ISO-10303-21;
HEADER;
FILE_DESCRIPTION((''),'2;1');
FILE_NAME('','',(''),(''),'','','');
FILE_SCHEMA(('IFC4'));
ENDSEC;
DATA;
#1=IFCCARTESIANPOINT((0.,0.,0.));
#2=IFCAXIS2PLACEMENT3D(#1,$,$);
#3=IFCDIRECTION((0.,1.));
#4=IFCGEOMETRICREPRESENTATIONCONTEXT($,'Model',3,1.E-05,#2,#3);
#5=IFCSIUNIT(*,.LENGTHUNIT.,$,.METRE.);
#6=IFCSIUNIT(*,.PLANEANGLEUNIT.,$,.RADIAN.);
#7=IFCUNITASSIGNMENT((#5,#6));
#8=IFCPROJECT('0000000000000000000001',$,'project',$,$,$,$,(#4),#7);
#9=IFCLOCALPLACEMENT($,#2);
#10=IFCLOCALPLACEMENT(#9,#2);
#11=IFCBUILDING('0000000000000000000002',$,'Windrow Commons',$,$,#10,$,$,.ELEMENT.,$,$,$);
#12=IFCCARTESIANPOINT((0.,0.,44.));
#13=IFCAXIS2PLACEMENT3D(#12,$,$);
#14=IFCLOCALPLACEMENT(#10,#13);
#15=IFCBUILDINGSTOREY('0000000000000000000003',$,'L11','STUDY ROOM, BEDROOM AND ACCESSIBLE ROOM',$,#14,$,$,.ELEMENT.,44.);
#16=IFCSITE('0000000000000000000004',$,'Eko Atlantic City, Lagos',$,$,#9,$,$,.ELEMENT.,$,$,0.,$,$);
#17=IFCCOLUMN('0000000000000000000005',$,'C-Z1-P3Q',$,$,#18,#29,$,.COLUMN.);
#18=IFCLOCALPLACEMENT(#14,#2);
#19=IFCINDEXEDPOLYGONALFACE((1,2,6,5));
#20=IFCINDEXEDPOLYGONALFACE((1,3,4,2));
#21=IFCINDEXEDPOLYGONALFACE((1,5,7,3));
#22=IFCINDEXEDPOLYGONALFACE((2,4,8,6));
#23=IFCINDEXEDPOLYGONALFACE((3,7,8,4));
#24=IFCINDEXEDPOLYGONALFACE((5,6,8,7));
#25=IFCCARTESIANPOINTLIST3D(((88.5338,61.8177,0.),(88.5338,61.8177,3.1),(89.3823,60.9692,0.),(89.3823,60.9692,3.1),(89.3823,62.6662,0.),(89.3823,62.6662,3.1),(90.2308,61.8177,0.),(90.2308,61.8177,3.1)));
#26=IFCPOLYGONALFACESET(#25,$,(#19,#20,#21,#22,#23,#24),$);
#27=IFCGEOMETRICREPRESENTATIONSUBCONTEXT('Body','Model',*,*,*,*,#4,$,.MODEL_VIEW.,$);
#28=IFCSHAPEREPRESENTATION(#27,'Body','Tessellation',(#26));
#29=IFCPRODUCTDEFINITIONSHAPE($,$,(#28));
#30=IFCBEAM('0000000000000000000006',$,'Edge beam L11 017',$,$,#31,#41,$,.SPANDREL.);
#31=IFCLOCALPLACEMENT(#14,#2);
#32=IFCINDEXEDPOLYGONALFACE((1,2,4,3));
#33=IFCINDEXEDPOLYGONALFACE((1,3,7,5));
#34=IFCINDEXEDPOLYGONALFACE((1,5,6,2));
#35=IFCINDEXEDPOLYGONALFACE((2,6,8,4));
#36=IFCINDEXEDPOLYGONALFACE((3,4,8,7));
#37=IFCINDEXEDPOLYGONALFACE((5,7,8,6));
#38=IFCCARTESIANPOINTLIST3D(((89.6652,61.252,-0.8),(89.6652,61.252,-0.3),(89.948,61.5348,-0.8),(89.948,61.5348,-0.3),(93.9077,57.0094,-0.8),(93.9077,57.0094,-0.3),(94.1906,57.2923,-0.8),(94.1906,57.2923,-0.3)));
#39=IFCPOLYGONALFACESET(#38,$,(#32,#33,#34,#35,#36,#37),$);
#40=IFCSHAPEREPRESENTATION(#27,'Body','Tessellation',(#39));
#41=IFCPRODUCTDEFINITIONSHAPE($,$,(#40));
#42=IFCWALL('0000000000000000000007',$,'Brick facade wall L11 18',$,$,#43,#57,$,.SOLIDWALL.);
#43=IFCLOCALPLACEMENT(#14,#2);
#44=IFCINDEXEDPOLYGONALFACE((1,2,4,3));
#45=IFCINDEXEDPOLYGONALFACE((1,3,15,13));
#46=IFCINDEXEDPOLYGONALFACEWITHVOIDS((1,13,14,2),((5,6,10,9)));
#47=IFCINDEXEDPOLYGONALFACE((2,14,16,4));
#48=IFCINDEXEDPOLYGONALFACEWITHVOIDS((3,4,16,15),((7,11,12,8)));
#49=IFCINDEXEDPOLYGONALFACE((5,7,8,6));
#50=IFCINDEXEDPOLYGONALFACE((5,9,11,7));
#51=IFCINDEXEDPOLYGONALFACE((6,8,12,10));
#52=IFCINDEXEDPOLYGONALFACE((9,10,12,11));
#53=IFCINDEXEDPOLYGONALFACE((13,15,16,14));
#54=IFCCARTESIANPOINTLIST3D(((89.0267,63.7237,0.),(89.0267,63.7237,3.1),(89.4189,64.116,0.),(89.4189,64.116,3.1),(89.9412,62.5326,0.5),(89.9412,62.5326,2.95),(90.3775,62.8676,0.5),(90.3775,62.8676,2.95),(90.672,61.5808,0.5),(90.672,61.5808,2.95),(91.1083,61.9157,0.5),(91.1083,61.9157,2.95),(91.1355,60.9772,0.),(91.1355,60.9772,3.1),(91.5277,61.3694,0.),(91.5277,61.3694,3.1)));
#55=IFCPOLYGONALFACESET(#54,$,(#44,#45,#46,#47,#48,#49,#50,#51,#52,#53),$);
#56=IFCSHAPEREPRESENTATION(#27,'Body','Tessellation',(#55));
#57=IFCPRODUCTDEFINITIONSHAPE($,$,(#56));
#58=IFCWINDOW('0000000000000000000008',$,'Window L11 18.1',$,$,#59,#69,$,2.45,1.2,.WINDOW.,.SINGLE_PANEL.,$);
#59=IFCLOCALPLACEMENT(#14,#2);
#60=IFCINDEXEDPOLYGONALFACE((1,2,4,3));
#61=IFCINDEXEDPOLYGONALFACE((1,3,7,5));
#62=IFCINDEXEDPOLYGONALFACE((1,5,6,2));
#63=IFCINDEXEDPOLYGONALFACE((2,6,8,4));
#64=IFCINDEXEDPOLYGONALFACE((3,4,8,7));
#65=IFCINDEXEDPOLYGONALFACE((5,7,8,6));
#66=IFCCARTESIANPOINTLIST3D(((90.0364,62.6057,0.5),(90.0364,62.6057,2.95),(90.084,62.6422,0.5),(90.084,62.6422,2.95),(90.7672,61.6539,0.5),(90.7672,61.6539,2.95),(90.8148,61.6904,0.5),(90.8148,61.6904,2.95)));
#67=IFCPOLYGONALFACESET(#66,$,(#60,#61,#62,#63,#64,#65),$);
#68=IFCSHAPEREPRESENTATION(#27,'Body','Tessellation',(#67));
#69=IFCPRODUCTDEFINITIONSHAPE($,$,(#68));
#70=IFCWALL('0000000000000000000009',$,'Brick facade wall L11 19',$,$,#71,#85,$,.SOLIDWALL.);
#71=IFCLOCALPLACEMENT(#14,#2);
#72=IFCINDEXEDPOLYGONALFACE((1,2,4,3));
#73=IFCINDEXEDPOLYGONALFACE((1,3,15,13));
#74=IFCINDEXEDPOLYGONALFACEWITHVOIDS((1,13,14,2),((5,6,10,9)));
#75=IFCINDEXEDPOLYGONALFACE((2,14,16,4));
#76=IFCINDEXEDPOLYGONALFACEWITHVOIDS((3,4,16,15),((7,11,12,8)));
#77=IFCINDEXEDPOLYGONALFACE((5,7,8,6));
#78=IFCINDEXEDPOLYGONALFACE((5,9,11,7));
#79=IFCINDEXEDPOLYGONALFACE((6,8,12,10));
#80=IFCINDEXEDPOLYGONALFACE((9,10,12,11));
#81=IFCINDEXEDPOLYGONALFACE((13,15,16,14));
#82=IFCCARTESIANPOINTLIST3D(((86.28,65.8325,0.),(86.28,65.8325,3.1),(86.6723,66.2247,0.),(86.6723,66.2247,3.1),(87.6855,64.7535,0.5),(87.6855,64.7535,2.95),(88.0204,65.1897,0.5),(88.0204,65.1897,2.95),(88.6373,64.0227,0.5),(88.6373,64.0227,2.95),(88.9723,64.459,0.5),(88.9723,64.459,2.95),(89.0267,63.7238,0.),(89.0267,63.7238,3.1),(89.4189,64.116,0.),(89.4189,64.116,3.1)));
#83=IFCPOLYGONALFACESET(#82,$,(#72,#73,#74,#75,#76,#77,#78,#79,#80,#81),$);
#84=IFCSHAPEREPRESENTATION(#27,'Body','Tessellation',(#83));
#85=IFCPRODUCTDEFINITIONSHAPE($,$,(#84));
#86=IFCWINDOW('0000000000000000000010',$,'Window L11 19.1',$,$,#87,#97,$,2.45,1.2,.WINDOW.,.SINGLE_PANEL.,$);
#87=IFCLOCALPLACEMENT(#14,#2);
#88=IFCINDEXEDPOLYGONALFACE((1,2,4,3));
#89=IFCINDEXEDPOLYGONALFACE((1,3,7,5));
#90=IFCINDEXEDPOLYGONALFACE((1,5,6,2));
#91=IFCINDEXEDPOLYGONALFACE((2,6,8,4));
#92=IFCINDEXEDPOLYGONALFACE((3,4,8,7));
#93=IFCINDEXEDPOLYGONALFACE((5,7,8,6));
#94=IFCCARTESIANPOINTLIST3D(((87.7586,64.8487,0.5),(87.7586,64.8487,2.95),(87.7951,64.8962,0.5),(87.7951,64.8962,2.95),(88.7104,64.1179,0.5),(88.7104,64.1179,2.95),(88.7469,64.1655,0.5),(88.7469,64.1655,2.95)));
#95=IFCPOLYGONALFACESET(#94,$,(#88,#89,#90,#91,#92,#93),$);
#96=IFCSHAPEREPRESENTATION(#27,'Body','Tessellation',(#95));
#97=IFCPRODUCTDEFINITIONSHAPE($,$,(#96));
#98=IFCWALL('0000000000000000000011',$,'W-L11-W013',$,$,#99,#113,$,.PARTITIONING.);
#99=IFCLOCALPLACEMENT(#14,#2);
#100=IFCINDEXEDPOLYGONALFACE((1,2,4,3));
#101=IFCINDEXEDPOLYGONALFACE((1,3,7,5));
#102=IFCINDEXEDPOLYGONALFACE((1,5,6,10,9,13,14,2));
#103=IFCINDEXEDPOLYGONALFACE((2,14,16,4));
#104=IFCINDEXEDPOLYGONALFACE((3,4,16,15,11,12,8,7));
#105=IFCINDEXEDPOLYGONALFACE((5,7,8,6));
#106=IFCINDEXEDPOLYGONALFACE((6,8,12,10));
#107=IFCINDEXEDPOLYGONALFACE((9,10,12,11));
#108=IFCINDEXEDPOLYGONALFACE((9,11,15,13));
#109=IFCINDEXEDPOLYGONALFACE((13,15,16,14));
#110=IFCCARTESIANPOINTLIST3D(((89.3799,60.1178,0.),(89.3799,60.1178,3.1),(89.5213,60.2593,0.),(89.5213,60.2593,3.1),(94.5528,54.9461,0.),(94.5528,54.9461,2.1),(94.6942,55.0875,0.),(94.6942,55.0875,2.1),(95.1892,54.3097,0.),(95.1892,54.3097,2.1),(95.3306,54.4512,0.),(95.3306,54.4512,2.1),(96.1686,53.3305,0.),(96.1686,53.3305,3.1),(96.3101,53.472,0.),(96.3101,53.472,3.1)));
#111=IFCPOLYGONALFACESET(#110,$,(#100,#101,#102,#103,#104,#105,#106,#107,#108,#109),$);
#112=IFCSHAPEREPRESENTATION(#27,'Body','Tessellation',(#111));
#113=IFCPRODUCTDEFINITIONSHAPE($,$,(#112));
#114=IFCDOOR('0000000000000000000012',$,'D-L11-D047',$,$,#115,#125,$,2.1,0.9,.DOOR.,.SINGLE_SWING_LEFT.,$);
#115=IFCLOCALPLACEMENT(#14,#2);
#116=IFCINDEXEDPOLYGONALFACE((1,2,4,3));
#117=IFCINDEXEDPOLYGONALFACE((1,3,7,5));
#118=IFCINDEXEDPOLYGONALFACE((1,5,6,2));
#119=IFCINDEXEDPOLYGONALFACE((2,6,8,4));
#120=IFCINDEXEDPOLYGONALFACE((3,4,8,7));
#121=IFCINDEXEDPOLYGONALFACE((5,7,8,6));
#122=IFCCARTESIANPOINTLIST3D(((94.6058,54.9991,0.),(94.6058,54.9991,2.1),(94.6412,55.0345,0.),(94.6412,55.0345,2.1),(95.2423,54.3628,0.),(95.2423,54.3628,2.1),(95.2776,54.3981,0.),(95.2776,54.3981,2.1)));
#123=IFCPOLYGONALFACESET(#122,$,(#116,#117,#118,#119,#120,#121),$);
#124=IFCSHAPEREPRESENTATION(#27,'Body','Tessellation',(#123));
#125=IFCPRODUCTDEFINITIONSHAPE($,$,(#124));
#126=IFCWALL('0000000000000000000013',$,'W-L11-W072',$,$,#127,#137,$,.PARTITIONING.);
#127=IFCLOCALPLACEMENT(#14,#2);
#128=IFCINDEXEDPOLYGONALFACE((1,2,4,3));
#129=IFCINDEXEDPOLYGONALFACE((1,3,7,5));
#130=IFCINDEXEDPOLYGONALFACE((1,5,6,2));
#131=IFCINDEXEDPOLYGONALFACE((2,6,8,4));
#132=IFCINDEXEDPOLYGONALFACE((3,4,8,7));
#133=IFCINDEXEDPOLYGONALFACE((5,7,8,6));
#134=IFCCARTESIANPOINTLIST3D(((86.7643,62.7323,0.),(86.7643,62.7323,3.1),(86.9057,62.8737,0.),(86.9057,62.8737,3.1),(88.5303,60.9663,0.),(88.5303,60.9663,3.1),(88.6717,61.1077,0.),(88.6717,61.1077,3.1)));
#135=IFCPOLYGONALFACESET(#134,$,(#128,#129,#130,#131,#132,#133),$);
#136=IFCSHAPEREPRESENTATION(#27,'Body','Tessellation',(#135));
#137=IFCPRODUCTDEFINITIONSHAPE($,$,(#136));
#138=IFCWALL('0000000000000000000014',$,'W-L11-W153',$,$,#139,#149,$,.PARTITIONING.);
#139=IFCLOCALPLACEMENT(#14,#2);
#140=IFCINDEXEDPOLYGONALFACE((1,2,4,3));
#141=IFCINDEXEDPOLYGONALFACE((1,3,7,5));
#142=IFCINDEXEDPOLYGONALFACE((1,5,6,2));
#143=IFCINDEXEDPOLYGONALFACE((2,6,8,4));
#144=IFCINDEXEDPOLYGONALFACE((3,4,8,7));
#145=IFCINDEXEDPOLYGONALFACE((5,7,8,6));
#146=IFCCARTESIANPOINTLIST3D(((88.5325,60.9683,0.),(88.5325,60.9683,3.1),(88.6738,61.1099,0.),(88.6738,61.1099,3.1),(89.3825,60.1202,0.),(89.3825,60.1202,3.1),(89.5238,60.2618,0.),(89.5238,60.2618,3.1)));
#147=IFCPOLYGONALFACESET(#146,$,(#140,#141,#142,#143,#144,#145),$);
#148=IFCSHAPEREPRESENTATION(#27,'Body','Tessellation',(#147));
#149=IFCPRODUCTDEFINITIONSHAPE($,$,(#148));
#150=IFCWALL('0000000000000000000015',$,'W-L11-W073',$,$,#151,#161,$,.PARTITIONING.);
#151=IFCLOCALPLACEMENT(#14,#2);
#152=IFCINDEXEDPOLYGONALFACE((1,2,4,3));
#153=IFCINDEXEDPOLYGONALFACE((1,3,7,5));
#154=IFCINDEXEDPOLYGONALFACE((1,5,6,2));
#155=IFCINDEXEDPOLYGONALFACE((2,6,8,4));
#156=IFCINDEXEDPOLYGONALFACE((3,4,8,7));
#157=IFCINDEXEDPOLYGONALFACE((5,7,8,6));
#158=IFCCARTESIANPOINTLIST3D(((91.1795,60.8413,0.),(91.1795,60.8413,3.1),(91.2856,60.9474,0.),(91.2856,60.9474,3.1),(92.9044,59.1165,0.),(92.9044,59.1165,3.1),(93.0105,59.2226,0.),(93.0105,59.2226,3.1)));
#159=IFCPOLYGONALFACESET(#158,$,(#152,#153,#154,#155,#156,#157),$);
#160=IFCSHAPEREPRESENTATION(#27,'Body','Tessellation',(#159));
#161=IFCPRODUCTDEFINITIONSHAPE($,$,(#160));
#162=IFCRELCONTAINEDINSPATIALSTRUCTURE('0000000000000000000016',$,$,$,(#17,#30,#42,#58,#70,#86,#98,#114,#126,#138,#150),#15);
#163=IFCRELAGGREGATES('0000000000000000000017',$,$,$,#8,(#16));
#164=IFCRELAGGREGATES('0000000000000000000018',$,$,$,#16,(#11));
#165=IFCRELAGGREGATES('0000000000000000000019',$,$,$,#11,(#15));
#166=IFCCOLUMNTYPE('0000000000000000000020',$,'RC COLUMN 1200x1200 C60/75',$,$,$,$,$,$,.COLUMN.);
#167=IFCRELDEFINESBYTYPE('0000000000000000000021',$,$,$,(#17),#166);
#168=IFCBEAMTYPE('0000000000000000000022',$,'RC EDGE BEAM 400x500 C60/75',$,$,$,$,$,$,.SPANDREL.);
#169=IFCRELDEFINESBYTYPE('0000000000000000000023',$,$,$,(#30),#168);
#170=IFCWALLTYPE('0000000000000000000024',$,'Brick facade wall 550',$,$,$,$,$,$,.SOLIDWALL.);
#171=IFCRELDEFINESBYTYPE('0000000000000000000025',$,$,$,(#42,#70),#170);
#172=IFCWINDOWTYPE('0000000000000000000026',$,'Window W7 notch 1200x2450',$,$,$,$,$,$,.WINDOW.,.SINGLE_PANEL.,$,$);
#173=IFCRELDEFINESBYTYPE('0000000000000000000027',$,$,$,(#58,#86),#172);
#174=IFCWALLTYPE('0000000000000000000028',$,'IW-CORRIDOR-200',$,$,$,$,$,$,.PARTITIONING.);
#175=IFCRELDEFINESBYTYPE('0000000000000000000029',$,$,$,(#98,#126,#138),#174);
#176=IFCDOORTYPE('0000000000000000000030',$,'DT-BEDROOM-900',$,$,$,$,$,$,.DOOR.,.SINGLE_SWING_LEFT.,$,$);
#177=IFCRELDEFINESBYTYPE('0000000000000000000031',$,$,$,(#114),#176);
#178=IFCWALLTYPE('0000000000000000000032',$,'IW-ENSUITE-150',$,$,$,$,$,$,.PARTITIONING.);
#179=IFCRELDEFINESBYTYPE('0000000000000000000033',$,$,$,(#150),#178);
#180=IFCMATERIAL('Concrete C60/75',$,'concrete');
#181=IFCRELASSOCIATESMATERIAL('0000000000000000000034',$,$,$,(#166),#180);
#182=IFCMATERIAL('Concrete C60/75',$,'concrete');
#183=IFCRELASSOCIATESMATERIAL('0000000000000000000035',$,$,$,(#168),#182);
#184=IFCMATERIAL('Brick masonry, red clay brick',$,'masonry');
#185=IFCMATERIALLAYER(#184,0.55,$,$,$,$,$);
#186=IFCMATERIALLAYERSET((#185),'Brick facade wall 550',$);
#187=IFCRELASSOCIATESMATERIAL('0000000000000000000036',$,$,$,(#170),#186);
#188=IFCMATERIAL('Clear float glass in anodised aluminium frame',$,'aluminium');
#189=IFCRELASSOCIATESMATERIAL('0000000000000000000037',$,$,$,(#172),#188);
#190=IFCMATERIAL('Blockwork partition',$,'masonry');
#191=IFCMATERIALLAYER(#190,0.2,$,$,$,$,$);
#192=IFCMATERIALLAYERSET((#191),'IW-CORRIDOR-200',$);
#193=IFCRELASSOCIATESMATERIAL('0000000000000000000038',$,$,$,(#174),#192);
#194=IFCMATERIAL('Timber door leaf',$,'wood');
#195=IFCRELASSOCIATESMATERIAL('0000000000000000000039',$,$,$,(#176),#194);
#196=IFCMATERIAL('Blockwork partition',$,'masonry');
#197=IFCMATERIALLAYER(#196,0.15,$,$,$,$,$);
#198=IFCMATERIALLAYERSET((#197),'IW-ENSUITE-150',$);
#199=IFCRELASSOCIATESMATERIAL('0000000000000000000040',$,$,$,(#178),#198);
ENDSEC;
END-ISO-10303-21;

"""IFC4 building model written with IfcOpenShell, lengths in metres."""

from ifc_helpers import new_model, si_unit, direction, frame, frame_2d, origin, origin_2d, place, context, subcontext, project, spatial, polyline, rectangle, outline, extrude, material, layer, layer_set, material_profile, profile_set, type_object, element, fill, save


model = new_model("IFC4")

# Units and contexts
model_context = context("Model", 3, precision=1e-05, world=origin(), true_north=direction((0.0, 1.0)))
body_context = subcontext(model_context, "Body", "Model", "MODEL_VIEW")
ifc_project = project(units=[si_unit("LENGTHUNIT", "METRE"), si_unit("PLANEANGLEUNIT", "RADIAN")], contexts=[model_context])

# Site, building, storey
site_placement = place(None, origin())
site = spatial("IfcSite", under=ifc_project, at=site_placement, Name="Eko Atlantic City, Lagos", CompositionType="ELEMENT", RefElevation=0.0)
building_placement = place(site_placement, origin())
building = spatial("IfcBuilding", under=site, at=building_placement, Name="Windrow Commons", CompositionType="ELEMENT")
storey_placement = place(building_placement, frame((0.0, 0.0, 44.0)))
storey = spatial("IfcBuildingStorey", under=building, at=storey_placement, Name="L11", Description="STUDY ROOM, BEDROOM AND ACCESSIBLE ROOM", CompositionType="ELEMENT", Elevation=44.0)

# Column
ifc_material_1 = material(Name="Concrete C60/75", Category="concrete")
ifc_material_profile_1 = material_profile(ifc_material_1, rectangle(XDim=1.2, YDim=1.2, at=origin_2d()))
ifc_profile_set_1 = profile_set([ifc_material_profile_1], Name="Concrete C60/75")
column_type = type_object("IfcColumnType", Name="RC COLUMN 1200x1200 C60/75", PredefinedType="COLUMN", material=ifc_profile_set_1)
column_placement = place(storey_placement, frame((89.3823, 61.8177, 0.0), z_axis=(0.0, 0.0, 1.0), x_axis=(0.707107, -0.707107, 0.0)))
element("IfcColumn", 1, at=column_placement, inside=storey, type_object=column_type, Name="C-Z1-P3Q", PredefinedType="COLUMN", context=body_context, shape_type="SweptSolid", body=[
    extrude(rectangle(XDim=1.2, YDim=1.2, at=origin_2d()), origin(), (0.0, 0.0, 1.0), 3.1),
])

# Beam
ifc_material_2 = material(Name="Concrete C60/75", Category="concrete")
ifc_material_profile_2 = material_profile(ifc_material_2, rectangle(XDim=0.4, YDim=0.5, at=origin_2d()))
ifc_profile_set_2 = profile_set([ifc_material_profile_2], Name="Concrete C60/75")
beam_type = type_object("IfcBeamType", Name="RC EDGE BEAM 400x500 C60/75", PredefinedType="SPANDREL", material=ifc_profile_set_2)
beam_placement = place(storey_placement, frame((89.8066, 61.3934, -0.55), z_axis=(0.707107, -0.707107, 0.0), x_axis=(0.707107, 0.707107, 0.0)))
element("IfcBeam", 2, at=beam_placement, inside=storey, type_object=beam_type, Name="Edge beam L11 017", PredefinedType="SPANDREL", context=body_context, shape_type="SweptSolid", body=[
    extrude(rectangle(XDim=0.4, YDim=0.5, at=origin_2d()), origin(), (0.0, 0.0, 1.0), 5.9999),
])

# Walls, openings, windows
ifc_material_3 = material(Name="Brick masonry, red clay brick", Category="masonry")
ifc_layer_1 = layer(ifc_material_3, 0.55)
ifc_layer_set_1 = layer_set([ifc_layer_1], Name="Brick facade wall 550")
wall_type_1 = type_object("IfcWallType", Name="Brick facade wall 550", PredefinedType="SOLIDWALL", material=ifc_layer_set_1)
wall_1_placement = place(storey_placement, frame((91.3316, 61.1733, 0.0), z_axis=(0.0, 0.0, 1.0), x_axis=(-0.60899, 0.793178, 0.0)))
wall_1 = element("IfcWall", 3, at=wall_1_placement, inside=storey, type_object=wall_type_1, Name="Brick facade wall L11 18", PredefinedType="SOLIDWALL", context=body_context, shape_type="SweptSolid", body=[
    extrude(outline(polyline([(0.0361, -0.275), (3.4989, -0.275), (3.4266, 0.275), (-0.0361, 0.275), (0.0361, -0.275)])), origin(), (0.0, 0.0, 1.0), 3.1),
])
opening_1_placement = place(wall_1_placement, frame((0.7249, 0.0, 0.5)))
opening_1 = element("IfcOpeningElement", 4, at=opening_1_placement, cuts=wall_1, PredefinedType="OPENING", context=body_context, shape_type="SweptSolid", body=[
    extrude(rectangle(XDim=1.2, YDim=2.45, at=frame_2d((0.6, 1.225))), frame((0.0, 0.285, 0.0), z_axis=(0.0, -1.0, 0.0), x_axis=(1.0, 0.0, 0.0)), (0.0, 0.0, 1.0), 0.57),
])
ifc_material_4 = material(Name="Clear float glass in anodised aluminium frame", Category="aluminium")
window_type = type_object("IfcWindowType", Name="Window W7 notch 1200x2450", PartitioningType="SINGLE_PANEL", PredefinedType="WINDOW", material=ifc_material_4)
window_1_placement = place(opening_1_placement, origin())
window_1 = element("IfcWindow", 5, at=window_1_placement, inside=storey, type_object=window_type, Name="Window L11 18.1", OverallHeight=2.45, OverallWidth=1.2, PartitioningType="SINGLE_PANEL", PredefinedType="WINDOW", context=body_context, shape_type="SweptSolid", body=[
    extrude(rectangle(XDim=1.2, YDim=2.45, at=frame_2d((0.6, 1.225))), frame((0.0, 0.155, 0.0), z_axis=(0.0, -1.0, 0.0), x_axis=(1.0, 0.0, 0.0)), (0.0, 0.0, 1.0), 0.06),
])
fill(opening_1, window_1)
wall_2_placement = place(storey_placement, frame((89.2228, 63.9199, 0.0), z_axis=(0.0, 0.0, 1.0), x_axis=(-0.793192, 0.608972, 0.0)))
wall_2 = element("IfcWall", 6, at=wall_2_placement, inside=storey, type_object=wall_type_1, Name="Brick facade wall L11 19", PredefinedType="SOLIDWALL", context=body_context, shape_type="SweptSolid", body=[
    extrude(outline(polyline([(-0.0361, -0.275), (3.4266, -0.275), (3.4989, 0.275), (0.0361, 0.275), (-0.0361, -0.275)])), origin(), (0.0, 0.0, 1.0), 3.1),
])
opening_2_placement = place(wall_2_placement, frame((0.527, 0.0, 0.5)))
opening_2 = element("IfcOpeningElement", 7, at=opening_2_placement, cuts=wall_2, PredefinedType="OPENING", context=body_context, shape_type="SweptSolid", body=[
    extrude(rectangle(XDim=1.2, YDim=2.45, at=frame_2d((0.6, 1.225))), frame((0.0, 0.285, 0.0), z_axis=(0.0, -1.0, 0.0), x_axis=(1.0, 0.0, 0.0)), (0.0, 0.0, 1.0), 0.57),
])
window_2_placement = place(opening_2_placement, origin())
window_2 = element("IfcWindow", 8, at=window_2_placement, inside=storey, type_object=window_type, Name="Window L11 19.1", OverallHeight=2.45, OverallWidth=1.2, PartitioningType="SINGLE_PANEL", PredefinedType="WINDOW", context=body_context, shape_type="SweptSolid", body=[
    extrude(rectangle(XDim=1.2, YDim=2.45, at=frame_2d((0.6, 1.225))), frame((0.0, 0.155, 0.0), z_axis=(0.0, -1.0, 0.0), x_axis=(1.0, 0.0, 0.0)), (0.0, 0.0, 1.0), 0.06),
])
fill(opening_2, window_2)

# Wall, opening, door
ifc_material_5 = material(Name="Blockwork partition", Category="masonry")
ifc_layer_2 = layer(ifc_material_5, 0.2)
ifc_layer_set_2 = layer_set([ifc_layer_2], Name="IW-CORRIDOR-200")
wall_type_2 = type_object("IfcWallType", Name="IW-CORRIDOR-200", PredefinedType="PARTITIONING", material=ifc_layer_set_2)
wall_3_placement = place(storey_placement, frame((89.4506, 60.1886, 0.0), z_axis=(0.0, 0.0, 1.0), x_axis=(0.70718, -0.707034, 0.0)))
wall_3 = element("IfcWall", 9, at=wall_3_placement, inside=storey, type_object=wall_type_2, Name="W-L11-W013", PredefinedType="PARTITIONING", context=body_context, shape_type="SweptSolid", body=[
    extrude(rectangle(XDim=9.5997, YDim=0.2, at=frame_2d((4.7999, 0.0))), origin(), (0.0, 0.0, 1.0), 3.1),
])
opening_3_placement = place(wall_3_placement, frame((7.3148, 0.0, 0.0)))
opening_3 = element("IfcOpeningElement", 10, at=opening_3_placement, cuts=wall_3, PredefinedType="OPENING", context=body_context, shape_type="SweptSolid", body=[
    extrude(rectangle(XDim=0.9, YDim=2.1, at=frame_2d((0.45, 1.05))), frame((0.0, 0.11, 0.0), z_axis=(0.0, -1.0, 0.0), x_axis=(1.0, 0.0, 0.0)), (0.0, 0.0, 1.0), 0.22),
])
ifc_material_6 = material(Name="Timber door leaf", Category="wood")
door_type_1 = type_object("IfcDoorType", Name="DT-BEDROOM-900", OperationType="SINGLE_SWING_LEFT", PredefinedType="DOOR", material=ifc_material_6)
door_1_placement = place(opening_3_placement, origin())
door_1 = element("IfcDoor", 11, at=door_1_placement, inside=storey, type_object=door_type_1, Name="D-L11-D047", OperationType="SINGLE_SWING_LEFT", OverallHeight=2.1, OverallWidth=0.9, PredefinedType="DOOR", context=body_context, shape_type="SweptSolid", body=[
    extrude(rectangle(XDim=0.9, YDim=2.1, at=frame_2d((0.45, 1.05))), frame((0.0, 0.025, 0.0), z_axis=(0.0, -1.0, 0.0), x_axis=(1.0, 0.0, 0.0)), (0.0, 0.0, 1.0), 0.05),
])
fill(opening_3, door_1)

# Walls
wall_4_placement = place(storey_placement, frame((86.835, 62.803, 0.0), z_axis=(0.0, 0.0, 1.0), x_axis=(0.707107, -0.707107, 0.0)))
element("IfcWall", 12, at=wall_4_placement, inside=storey, type_object=wall_type_2, Name="W-L11-W072", PredefinedType="PARTITIONING", context=body_context, shape_type="SweptSolid", body=[
    extrude(rectangle(XDim=2.4975, YDim=0.2, at=frame_2d((1.2488, 0.0))), origin(), (0.0, 0.0, 1.0), 3.1),
])
wall_5_placement = place(storey_placement, frame((88.6031, 61.0391, 0.0), z_axis=(0.0, 0.0, 1.0), x_axis=(0.707939, -0.706273, 0.0)))
element("IfcWall", 13, at=wall_5_placement, inside=storey, type_object=wall_type_2, Name="W-L11-W153", PredefinedType="PARTITIONING", context=body_context, shape_type="SweptSolid", body=[
    extrude(rectangle(XDim=1.2007, YDim=0.2, at=frame_2d((0.6004, 0.0))), origin(), (0.0, 0.0, 1.0), 3.1),
])
ifc_material_7 = material(Name="Blockwork partition", Category="masonry")
ifc_layer_3 = layer(ifc_material_7, 0.15)
ifc_layer_set_3 = layer_set([ifc_layer_3], Name="IW-ENSUITE-150")
wall_type_3 = type_object("IfcWallType", Name="IW-ENSUITE-150", PredefinedType="PARTITIONING", material=ifc_layer_set_3)
wall_6_placement = place(storey_placement, frame((91.2326, 60.8943, 0.0), z_axis=(0.0, 0.0, 1.0), x_axis=(0.707127, -0.707086, 0.0)))
element("IfcWall", 14, at=wall_6_placement, inside=storey, type_object=wall_type_3, Name="W-L11-W073", PredefinedType="PARTITIONING", context=body_context, shape_type="SweptSolid", body=[
    extrude(rectangle(XDim=2.4393, YDim=0.15, at=frame_2d((1.2196, 0.0))), origin(), (0.0, 0.0, 1.0), 3.1),
])

save(model, "model.ifc")
